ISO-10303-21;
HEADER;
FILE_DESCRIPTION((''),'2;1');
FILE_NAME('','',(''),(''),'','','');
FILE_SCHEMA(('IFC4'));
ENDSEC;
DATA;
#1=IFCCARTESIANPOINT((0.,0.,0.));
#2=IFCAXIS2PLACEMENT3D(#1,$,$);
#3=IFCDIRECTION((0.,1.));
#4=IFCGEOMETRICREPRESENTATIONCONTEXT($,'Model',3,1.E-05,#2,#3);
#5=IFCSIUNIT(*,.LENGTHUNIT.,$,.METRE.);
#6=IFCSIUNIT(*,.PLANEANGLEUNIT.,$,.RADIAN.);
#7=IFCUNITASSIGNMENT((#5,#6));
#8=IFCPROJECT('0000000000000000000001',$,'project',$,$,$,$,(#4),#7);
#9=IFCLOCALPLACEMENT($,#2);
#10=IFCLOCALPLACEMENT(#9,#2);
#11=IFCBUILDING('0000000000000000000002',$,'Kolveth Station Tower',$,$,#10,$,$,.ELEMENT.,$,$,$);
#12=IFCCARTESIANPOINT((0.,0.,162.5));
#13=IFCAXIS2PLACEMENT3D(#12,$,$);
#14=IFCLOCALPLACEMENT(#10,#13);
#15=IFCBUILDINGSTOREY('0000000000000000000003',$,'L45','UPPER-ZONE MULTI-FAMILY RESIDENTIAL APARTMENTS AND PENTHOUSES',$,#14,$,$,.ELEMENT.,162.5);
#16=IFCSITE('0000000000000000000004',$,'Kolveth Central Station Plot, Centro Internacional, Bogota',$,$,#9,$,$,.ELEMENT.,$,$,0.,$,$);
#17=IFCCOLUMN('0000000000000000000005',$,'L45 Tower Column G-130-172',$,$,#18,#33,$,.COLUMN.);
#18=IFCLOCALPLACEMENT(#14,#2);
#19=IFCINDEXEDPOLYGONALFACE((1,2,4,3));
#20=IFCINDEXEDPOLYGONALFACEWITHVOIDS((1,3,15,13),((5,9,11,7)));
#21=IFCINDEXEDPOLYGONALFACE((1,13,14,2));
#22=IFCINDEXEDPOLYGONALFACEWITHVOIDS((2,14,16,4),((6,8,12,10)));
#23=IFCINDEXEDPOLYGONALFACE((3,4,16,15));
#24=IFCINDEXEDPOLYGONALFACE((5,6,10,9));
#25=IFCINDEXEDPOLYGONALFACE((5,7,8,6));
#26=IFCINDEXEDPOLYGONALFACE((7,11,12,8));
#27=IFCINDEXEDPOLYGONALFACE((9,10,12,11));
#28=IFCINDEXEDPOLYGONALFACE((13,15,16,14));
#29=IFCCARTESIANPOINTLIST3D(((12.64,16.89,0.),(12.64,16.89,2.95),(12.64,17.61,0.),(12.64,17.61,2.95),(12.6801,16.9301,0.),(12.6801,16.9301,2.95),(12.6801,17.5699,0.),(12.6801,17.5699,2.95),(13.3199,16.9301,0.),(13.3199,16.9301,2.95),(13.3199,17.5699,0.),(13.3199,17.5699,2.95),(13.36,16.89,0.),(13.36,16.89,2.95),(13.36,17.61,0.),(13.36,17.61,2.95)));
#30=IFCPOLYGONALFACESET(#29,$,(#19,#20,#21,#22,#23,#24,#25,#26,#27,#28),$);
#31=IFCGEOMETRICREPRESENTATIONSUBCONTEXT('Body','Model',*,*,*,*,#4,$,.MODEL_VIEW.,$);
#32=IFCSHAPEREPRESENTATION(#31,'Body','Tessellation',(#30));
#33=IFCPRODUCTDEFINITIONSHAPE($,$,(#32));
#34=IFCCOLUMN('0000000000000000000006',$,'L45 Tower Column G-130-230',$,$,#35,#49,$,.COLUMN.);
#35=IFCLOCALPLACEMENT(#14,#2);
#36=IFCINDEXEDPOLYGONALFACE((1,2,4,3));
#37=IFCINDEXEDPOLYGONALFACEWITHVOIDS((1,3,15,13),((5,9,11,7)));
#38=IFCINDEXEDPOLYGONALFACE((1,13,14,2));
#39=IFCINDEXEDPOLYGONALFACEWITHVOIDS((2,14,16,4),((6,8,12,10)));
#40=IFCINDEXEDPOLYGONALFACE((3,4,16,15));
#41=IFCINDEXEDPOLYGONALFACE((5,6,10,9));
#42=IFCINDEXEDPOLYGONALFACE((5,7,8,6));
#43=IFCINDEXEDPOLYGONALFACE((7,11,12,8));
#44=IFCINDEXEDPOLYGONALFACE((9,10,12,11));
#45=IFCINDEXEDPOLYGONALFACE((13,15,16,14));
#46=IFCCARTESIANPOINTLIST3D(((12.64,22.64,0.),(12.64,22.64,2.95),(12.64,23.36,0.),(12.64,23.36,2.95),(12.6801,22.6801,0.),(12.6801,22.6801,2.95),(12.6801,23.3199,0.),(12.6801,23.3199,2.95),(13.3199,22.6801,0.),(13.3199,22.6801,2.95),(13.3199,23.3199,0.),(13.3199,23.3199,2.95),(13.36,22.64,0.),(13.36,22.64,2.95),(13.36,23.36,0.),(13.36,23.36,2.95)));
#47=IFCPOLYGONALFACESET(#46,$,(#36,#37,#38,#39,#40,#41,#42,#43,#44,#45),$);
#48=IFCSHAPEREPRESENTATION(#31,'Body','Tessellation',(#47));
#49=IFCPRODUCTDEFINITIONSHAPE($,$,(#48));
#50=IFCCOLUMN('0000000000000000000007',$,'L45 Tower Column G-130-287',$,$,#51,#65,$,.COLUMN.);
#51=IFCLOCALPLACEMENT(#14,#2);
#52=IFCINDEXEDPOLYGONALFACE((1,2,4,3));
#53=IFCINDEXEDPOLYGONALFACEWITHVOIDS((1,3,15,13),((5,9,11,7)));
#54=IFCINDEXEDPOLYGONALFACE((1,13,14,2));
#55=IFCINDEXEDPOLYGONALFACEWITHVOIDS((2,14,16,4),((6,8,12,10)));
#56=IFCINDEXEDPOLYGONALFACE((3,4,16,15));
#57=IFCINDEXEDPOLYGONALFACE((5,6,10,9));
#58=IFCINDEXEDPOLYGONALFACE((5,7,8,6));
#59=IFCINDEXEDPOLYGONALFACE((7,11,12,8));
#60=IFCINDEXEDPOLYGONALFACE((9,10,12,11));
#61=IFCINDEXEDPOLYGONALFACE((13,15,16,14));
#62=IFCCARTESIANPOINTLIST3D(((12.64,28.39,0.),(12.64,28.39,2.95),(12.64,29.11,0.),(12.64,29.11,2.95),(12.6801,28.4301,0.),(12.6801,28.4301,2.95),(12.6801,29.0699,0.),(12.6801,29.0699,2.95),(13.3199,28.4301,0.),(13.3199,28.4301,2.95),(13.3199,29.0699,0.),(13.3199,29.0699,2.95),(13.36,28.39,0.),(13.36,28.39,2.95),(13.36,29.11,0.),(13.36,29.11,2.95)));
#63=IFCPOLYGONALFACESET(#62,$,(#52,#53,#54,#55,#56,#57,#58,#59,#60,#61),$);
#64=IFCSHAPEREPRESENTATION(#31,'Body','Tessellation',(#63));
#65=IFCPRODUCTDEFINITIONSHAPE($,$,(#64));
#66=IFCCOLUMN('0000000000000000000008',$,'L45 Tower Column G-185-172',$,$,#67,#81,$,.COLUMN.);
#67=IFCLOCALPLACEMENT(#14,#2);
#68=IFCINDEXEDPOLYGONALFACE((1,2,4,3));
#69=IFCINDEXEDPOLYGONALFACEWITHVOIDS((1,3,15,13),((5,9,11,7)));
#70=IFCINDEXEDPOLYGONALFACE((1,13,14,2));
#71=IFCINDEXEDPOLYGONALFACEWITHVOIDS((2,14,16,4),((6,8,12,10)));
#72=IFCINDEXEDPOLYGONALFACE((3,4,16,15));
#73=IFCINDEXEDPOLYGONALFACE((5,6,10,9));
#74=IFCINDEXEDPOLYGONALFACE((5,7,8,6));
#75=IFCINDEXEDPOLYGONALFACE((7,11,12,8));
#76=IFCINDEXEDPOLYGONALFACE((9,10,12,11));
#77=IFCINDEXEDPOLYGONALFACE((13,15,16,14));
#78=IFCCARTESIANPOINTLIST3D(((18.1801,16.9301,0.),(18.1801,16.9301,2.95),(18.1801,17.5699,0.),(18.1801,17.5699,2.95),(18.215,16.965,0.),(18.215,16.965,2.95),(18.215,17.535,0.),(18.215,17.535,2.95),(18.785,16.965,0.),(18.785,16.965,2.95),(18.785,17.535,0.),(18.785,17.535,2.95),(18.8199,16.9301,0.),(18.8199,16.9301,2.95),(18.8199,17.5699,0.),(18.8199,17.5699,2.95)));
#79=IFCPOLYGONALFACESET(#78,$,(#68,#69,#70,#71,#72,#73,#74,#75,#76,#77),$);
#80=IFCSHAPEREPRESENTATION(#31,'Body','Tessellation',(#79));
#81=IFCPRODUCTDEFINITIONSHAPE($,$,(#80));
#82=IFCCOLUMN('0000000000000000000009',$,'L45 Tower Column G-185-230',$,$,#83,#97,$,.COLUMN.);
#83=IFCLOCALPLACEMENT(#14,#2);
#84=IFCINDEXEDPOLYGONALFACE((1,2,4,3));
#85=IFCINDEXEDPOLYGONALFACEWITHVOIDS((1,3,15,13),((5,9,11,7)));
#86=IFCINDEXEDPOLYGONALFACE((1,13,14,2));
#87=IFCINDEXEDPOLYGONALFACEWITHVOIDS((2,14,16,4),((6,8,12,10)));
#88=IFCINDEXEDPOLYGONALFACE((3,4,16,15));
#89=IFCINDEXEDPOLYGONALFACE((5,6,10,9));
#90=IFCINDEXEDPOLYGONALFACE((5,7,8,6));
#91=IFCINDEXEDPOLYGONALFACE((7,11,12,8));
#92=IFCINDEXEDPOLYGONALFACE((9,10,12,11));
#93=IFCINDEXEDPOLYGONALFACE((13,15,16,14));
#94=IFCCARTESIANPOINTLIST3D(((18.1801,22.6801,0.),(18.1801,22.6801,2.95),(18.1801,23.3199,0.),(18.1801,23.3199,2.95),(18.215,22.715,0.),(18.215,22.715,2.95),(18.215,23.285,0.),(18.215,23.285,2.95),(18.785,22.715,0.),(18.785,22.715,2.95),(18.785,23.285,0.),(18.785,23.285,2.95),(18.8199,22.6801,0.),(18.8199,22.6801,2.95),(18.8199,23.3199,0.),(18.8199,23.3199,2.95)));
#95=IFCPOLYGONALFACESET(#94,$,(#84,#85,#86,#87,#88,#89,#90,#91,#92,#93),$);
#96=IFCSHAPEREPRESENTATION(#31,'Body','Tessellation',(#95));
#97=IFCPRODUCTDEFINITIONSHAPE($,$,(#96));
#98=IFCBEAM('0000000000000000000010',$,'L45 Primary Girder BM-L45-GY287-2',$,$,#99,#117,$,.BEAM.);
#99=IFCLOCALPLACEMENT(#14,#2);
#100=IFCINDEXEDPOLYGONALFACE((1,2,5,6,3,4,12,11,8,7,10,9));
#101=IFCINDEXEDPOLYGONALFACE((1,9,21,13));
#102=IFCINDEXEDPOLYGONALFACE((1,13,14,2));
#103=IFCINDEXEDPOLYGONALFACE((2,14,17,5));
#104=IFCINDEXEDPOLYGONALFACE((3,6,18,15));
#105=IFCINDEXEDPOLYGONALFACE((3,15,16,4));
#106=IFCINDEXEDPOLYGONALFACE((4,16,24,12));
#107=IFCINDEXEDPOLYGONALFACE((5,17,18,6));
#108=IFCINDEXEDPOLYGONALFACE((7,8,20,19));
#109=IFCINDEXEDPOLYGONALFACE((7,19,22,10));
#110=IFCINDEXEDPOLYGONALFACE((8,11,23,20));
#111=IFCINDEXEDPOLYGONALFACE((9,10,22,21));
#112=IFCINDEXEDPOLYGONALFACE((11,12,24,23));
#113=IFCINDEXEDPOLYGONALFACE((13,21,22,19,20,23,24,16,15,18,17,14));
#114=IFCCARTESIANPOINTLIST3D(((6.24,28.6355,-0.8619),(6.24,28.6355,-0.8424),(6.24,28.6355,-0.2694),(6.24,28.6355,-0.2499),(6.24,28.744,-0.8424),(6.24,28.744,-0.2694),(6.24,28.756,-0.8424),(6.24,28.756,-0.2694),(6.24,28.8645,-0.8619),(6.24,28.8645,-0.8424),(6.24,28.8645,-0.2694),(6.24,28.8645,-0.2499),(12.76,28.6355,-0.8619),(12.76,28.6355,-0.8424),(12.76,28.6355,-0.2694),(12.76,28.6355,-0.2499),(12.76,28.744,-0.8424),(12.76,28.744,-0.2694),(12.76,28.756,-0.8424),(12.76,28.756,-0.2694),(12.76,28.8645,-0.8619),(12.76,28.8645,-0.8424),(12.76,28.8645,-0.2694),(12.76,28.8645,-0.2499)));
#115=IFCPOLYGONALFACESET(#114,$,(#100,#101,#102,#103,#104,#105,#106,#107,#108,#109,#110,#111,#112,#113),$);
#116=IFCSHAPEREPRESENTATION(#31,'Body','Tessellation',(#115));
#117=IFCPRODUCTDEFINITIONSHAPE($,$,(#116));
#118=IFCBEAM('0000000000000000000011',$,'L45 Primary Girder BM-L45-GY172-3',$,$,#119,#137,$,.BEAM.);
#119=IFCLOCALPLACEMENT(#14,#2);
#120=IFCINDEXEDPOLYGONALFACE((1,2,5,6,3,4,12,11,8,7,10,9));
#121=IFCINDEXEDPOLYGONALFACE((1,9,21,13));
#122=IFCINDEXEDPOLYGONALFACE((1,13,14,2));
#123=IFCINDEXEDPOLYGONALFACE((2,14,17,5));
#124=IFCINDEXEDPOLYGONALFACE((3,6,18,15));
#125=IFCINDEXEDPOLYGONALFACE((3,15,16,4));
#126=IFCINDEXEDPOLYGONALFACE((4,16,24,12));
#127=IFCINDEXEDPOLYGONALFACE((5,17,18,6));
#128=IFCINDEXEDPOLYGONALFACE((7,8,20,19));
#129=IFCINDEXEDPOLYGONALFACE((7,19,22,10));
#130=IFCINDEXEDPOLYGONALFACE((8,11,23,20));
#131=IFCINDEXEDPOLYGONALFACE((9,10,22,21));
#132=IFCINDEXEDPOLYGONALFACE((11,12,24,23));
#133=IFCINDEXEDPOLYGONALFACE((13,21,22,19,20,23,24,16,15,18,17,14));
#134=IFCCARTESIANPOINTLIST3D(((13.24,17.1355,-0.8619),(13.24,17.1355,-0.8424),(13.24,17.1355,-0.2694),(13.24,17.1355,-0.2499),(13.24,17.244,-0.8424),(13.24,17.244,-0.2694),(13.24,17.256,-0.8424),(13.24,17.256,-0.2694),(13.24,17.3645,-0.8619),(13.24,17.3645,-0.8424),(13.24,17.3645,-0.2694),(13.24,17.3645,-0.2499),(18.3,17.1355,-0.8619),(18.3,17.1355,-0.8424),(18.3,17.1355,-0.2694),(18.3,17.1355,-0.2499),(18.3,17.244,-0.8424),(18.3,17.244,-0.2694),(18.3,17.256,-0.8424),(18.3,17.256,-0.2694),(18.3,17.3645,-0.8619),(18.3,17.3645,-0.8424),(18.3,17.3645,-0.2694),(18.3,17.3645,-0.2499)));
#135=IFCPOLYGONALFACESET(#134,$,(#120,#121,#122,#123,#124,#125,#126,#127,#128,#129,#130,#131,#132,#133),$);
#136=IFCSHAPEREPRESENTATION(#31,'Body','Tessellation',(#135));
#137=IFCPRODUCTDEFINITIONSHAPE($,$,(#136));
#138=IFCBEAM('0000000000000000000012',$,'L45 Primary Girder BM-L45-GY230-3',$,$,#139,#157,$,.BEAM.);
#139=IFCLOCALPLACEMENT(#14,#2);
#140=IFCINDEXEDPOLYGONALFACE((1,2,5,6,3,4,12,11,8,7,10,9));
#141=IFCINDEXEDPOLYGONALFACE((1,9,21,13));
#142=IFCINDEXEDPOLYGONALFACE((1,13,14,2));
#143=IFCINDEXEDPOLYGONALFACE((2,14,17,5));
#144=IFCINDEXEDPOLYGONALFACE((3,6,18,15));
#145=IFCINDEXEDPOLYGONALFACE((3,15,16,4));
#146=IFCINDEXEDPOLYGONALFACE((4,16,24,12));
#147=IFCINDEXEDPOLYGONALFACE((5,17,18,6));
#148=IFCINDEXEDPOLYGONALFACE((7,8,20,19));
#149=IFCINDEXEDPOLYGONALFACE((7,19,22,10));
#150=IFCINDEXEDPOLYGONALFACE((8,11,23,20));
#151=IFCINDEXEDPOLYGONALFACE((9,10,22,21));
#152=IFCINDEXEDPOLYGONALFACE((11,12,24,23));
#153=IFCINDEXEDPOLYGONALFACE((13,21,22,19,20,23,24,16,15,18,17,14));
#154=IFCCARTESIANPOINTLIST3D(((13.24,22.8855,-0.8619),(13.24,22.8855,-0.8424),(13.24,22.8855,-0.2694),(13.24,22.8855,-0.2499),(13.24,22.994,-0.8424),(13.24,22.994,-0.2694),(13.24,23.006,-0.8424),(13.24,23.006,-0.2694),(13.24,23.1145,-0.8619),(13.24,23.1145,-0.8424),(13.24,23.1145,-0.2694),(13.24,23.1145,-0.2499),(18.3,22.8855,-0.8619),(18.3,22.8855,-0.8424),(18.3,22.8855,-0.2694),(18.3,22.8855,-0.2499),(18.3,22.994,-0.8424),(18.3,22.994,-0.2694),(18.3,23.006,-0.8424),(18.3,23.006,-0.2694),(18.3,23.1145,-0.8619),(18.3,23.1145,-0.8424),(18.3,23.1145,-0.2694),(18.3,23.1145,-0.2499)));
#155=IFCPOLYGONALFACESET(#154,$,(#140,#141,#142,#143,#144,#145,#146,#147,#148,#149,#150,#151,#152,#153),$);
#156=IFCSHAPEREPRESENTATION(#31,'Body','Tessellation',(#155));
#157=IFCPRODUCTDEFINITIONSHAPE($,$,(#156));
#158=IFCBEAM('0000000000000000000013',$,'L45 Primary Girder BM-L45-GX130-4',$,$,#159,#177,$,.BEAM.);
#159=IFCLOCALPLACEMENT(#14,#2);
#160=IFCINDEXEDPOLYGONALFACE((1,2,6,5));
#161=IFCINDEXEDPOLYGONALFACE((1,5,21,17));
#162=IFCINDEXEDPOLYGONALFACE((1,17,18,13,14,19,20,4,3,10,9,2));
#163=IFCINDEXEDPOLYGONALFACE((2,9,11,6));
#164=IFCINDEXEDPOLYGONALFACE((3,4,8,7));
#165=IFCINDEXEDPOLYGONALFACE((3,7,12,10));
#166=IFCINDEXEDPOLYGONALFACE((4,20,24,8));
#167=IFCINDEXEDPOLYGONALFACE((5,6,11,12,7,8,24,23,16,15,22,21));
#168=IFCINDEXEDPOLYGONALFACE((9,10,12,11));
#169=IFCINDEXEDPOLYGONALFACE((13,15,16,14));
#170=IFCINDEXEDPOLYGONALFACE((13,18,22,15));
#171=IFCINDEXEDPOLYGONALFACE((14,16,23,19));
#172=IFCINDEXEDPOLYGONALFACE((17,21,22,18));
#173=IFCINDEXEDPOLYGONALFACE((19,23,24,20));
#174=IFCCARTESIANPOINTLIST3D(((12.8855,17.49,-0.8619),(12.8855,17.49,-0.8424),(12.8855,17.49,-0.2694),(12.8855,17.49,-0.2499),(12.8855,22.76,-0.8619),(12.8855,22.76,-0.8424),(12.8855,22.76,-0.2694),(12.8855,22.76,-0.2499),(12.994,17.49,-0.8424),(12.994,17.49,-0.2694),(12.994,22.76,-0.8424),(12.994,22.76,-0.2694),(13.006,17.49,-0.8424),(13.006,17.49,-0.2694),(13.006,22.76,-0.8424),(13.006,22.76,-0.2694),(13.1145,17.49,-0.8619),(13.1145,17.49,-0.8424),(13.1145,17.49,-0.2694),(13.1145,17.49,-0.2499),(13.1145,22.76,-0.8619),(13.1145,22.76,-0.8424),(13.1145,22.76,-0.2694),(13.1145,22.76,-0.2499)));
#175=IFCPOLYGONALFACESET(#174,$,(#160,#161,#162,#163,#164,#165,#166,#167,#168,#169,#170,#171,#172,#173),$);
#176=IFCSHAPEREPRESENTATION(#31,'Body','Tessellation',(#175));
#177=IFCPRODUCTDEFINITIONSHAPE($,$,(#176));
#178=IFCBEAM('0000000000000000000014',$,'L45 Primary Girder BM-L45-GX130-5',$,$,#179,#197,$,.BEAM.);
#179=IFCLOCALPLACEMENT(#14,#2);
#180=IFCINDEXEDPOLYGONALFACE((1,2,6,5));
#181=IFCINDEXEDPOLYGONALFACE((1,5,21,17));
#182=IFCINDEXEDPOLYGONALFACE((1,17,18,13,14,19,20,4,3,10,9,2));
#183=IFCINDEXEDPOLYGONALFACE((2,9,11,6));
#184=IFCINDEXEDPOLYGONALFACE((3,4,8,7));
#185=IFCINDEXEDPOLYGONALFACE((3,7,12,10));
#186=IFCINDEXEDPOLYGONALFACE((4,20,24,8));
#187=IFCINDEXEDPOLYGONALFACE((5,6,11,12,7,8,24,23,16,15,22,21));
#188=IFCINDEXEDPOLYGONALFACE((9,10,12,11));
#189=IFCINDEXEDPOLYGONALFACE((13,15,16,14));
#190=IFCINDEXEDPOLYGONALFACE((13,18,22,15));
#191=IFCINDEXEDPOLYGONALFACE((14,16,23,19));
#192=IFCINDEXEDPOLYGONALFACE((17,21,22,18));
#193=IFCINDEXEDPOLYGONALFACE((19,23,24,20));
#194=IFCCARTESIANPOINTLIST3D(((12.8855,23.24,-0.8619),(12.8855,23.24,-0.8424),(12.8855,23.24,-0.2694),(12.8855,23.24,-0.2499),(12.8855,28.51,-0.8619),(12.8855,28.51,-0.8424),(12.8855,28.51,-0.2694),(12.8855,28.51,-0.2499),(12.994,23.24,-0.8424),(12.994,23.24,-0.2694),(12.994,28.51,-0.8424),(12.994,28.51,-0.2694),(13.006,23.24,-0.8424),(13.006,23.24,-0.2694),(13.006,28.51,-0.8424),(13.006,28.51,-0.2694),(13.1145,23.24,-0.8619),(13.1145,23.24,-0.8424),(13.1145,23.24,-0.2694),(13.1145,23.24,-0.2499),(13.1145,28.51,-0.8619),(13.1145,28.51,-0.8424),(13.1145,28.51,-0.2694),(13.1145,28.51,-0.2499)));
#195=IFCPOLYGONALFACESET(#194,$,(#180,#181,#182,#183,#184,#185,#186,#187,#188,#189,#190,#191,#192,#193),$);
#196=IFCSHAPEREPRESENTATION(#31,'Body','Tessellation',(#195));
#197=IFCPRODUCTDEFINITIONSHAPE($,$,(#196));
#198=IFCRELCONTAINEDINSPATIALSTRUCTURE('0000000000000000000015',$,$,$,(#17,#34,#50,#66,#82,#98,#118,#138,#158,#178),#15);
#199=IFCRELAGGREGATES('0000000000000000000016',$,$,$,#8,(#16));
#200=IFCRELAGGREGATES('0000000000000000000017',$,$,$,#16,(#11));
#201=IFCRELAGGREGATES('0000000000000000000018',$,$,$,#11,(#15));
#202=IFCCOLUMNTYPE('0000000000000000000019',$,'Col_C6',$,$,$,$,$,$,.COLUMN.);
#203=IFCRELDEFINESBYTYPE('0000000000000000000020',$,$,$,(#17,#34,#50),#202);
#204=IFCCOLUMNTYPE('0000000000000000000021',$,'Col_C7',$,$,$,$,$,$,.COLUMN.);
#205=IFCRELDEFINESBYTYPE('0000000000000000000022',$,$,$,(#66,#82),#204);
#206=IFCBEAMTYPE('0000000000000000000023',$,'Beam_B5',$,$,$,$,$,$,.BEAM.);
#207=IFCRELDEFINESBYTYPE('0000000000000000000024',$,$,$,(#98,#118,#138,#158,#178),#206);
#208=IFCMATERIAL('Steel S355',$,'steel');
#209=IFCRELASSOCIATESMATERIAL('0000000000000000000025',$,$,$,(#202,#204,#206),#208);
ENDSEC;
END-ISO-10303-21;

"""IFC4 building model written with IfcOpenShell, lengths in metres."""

from ifc_helpers import new_model, si_unit, direction, frame, origin, origin_2d, place, context, subcontext, project, spatial, hollow_rectangle, i_section, extrude, source, transform, mapped, material, material_profile, profile_set, type_object, element, save


model = new_model("IFC4")

# Units and contexts
model_context = context("Model", 3, precision=1e-05, world=origin(), true_north=direction((0.0, 1.0)))
body_context = subcontext(model_context, "Body", "Model", "MODEL_VIEW")
ifc_project = project(units=[si_unit("LENGTHUNIT", "METRE"), si_unit("PLANEANGLEUNIT", "RADIAN")], contexts=[model_context])

# Site, building, storey
site_placement = place(None, origin())
site = spatial("IfcSite", under=ifc_project, at=site_placement, Name="Kolveth Central Station Plot, Centro Internacional, Bogota", CompositionType="ELEMENT", RefElevation=0.0)
building_placement = place(site_placement, origin())
building = spatial("IfcBuilding", under=site, at=building_placement, Name="Kolveth Station Tower", CompositionType="ELEMENT")
storey_placement = place(building_placement, frame((0.0, 0.0, 162.5)))
storey = spatial("IfcBuildingStorey", under=building, at=storey_placement, Name="L45", Description="UPPER-ZONE MULTI-FAMILY RESIDENTIAL APARTMENTS AND PENTHOUSES", CompositionType="ELEMENT", Elevation=162.5)

# Columns
ifc_material_1 = material(Name="Steel S355", Category="steel")
ifc_material_profile_1 = material_profile(ifc_material_1, hollow_rectangle(XDim=0.72, YDim=0.72, WallThickness=0.04, at=origin_2d()), Name="BOX720x720x40")
ifc_profile_set_1 = profile_set([ifc_material_profile_1], Name="Steel S355")
column_type_1 = type_object("IfcColumnType", Name="Col_C6", PredefinedType="COLUMN", material=ifc_profile_set_1)
shared_shape_1 = source(origin(), body_context, "Body", "SweptSolid", [
    extrude(hollow_rectangle(XDim=0.72, YDim=0.72, WallThickness=0.04, at=origin_2d()), origin(), (0.0, 0.0, 1.0), 2.95),
])
for number, where, z_axis, x_axis, name in (
    (1, (13.0, 17.25, 0.0), (0.0, 0.0, 1.0), (1.0, 0.0, 0.0), "L45 Tower Column G-130-172"),
    (2, (13.0, 23.0, 0.0), (0.0, 0.0, 1.0), (1.0, 0.0, 0.0), "L45 Tower Column G-130-230"),
    (3, (13.0, 28.75, 0.0), (0.0, 0.0, 1.0), (1.0, 0.0, 0.0), "L45 Tower Column G-130-287"),
):
    element("IfcColumn", number, at=place(storey_placement, frame(where, z_axis=z_axis, x_axis=x_axis)), inside=storey, type_object=column_type_1, Name=name, PredefinedType="COLUMN", context=body_context, shape_type="MappedRepresentation", body=[
        mapped(shared_shape_1, transform((0.0, 0.0, 0.0), x_axis=(1.0, 0.0, 0.0), y_axis=(0.0, 1.0, 0.0), z_axis=(0.0, 0.0, 1.0), scale=1.0)),
    ])
ifc_material_profile_2 = material_profile(ifc_material_1, hollow_rectangle(XDim=0.6399, YDim=0.6399, WallThickness=0.0349, at=origin_2d()), Name="BOX640x640x35")
ifc_profile_set_2 = profile_set([ifc_material_profile_2], Name="Steel S355")
column_type_2 = type_object("IfcColumnType", Name="Col_C7", PredefinedType="COLUMN", material=ifc_profile_set_2)
shared_shape_2 = source(origin(), body_context, "Body", "SweptSolid", [
    extrude(hollow_rectangle(XDim=0.6399, YDim=0.6399, WallThickness=0.0349, at=origin_2d()), origin(), (0.0, 0.0, 1.0), 2.95),
])
for number, where, z_axis, x_axis, name in (
    (4, (18.5, 17.25, 0.0), (0.0, 0.0, 1.0), (1.0, 0.0, 0.0), "L45 Tower Column G-185-172"),
    (5, (18.5, 23.0, 0.0), (0.0, 0.0, 1.0), (1.0, 0.0, 0.0), "L45 Tower Column G-185-230"),
):
    element("IfcColumn", number, at=place(storey_placement, frame(where, z_axis=z_axis, x_axis=x_axis)), inside=storey, type_object=column_type_2, Name=name, PredefinedType="COLUMN", context=body_context, shape_type="MappedRepresentation", body=[
        mapped(shared_shape_2, transform((0.0, 0.0, 0.0), x_axis=(1.0, 0.0, 0.0), y_axis=(0.0, 1.0, 0.0), z_axis=(0.0, 0.0, 1.0), scale=1.0)),
    ])

# Beams
ifc_material_profile_3 = material_profile(ifc_material_1, i_section(OverallWidth=0.229, OverallDepth=0.6121, WebThickness=0.012, FlangeThickness=0.0195, at=origin_2d()), Name="W610x125")
ifc_profile_set_3 = profile_set([ifc_material_profile_3], Name="Steel S355")
beam_type_1 = type_object("IfcBeamType", Name="Beam_B5", PredefinedType="BEAM", material=ifc_profile_set_3)
shared_shape_3 = source(origin(), body_context, "Body", "SweptSolid", [
    extrude(i_section(OverallWidth=0.229, OverallDepth=0.6121, WebThickness=0.012, FlangeThickness=0.0195, at=origin_2d()), origin(), (0.0, 0.0, 1.0), 6.52),
])
beam_placement = place(storey_placement, frame((6.24, 28.75, -0.5559), z_axis=(1.0, 0.0, 0.0), x_axis=(0.0, 1.0, 0.0)))
element("IfcBeam", 6, at=beam_placement, inside=storey, type_object=beam_type_1, Name="L45 Primary Girder BM-L45-GY287-2", PredefinedType="BEAM", context=body_context, shape_type="MappedRepresentation", body=[
    mapped(shared_shape_3, transform((0.0, 0.0, 0.0), x_axis=(1.0, 0.0, 0.0), y_axis=(0.0, 1.0, 0.0), z_axis=(0.0, 0.0, 1.0), scale=1.0)),
])
shared_shape_4 = source(origin(), body_context, "Body", "SweptSolid", [
    extrude(i_section(OverallWidth=0.229, OverallDepth=0.6121, WebThickness=0.012, FlangeThickness=0.0195, at=origin_2d()), origin(), (0.0, 0.0, 1.0), 5.0601),
])
for number, where, z_axis, x_axis, name in (
    (7, (13.24, 17.25, -0.5559), (1.0, 0.0, 0.0), (0.0, 1.0, 0.0), "L45 Primary Girder BM-L45-GY172-3"),
    (8, (13.24, 23.0, -0.5559), (1.0, 0.0, 0.0), (0.0, 1.0, 0.0), "L45 Primary Girder BM-L45-GY230-3"),
):
    element("IfcBeam", number, at=place(storey_placement, frame(where, z_axis=z_axis, x_axis=x_axis)), inside=storey, type_object=beam_type_1, Name=name, PredefinedType="BEAM", context=body_context, shape_type="MappedRepresentation", body=[
        mapped(shared_shape_4, transform((0.0, 0.0, 0.0), x_axis=(1.0, 0.0, 0.0), y_axis=(0.0, 1.0, 0.0), z_axis=(0.0, 0.0, 1.0), scale=1.0)),
    ])
shared_shape_5 = source(origin(), body_context, "Body", "SweptSolid", [
    extrude(i_section(OverallWidth=0.229, OverallDepth=0.6121, WebThickness=0.012, FlangeThickness=0.0195, at=origin_2d()), origin(), (0.0, 0.0, 1.0), 5.27),
])
for number, where, z_axis, x_axis, name in (
    (9, (13.0, 17.49, -0.5559), (0.0, 1.0, 0.0), (-1.0, 0.0, 0.0), "L45 Primary Girder BM-L45-GX130-4"),
    (10, (13.0, 23.24, -0.5559), (0.0, 1.0, 0.0), (-1.0, 0.0, 0.0), "L45 Primary Girder BM-L45-GX130-5"),
):
    element("IfcBeam", number, at=place(storey_placement, frame(where, z_axis=z_axis, x_axis=x_axis)), inside=storey, type_object=beam_type_1, Name=name, PredefinedType="BEAM", context=body_context, shape_type="MappedRepresentation", body=[
        mapped(shared_shape_5, transform((0.0, 0.0, 0.0), x_axis=(1.0, 0.0, 0.0), y_axis=(0.0, 1.0, 0.0), z_axis=(0.0, 0.0, 1.0), scale=1.0)),
    ])

save(model, "model.ifc")
